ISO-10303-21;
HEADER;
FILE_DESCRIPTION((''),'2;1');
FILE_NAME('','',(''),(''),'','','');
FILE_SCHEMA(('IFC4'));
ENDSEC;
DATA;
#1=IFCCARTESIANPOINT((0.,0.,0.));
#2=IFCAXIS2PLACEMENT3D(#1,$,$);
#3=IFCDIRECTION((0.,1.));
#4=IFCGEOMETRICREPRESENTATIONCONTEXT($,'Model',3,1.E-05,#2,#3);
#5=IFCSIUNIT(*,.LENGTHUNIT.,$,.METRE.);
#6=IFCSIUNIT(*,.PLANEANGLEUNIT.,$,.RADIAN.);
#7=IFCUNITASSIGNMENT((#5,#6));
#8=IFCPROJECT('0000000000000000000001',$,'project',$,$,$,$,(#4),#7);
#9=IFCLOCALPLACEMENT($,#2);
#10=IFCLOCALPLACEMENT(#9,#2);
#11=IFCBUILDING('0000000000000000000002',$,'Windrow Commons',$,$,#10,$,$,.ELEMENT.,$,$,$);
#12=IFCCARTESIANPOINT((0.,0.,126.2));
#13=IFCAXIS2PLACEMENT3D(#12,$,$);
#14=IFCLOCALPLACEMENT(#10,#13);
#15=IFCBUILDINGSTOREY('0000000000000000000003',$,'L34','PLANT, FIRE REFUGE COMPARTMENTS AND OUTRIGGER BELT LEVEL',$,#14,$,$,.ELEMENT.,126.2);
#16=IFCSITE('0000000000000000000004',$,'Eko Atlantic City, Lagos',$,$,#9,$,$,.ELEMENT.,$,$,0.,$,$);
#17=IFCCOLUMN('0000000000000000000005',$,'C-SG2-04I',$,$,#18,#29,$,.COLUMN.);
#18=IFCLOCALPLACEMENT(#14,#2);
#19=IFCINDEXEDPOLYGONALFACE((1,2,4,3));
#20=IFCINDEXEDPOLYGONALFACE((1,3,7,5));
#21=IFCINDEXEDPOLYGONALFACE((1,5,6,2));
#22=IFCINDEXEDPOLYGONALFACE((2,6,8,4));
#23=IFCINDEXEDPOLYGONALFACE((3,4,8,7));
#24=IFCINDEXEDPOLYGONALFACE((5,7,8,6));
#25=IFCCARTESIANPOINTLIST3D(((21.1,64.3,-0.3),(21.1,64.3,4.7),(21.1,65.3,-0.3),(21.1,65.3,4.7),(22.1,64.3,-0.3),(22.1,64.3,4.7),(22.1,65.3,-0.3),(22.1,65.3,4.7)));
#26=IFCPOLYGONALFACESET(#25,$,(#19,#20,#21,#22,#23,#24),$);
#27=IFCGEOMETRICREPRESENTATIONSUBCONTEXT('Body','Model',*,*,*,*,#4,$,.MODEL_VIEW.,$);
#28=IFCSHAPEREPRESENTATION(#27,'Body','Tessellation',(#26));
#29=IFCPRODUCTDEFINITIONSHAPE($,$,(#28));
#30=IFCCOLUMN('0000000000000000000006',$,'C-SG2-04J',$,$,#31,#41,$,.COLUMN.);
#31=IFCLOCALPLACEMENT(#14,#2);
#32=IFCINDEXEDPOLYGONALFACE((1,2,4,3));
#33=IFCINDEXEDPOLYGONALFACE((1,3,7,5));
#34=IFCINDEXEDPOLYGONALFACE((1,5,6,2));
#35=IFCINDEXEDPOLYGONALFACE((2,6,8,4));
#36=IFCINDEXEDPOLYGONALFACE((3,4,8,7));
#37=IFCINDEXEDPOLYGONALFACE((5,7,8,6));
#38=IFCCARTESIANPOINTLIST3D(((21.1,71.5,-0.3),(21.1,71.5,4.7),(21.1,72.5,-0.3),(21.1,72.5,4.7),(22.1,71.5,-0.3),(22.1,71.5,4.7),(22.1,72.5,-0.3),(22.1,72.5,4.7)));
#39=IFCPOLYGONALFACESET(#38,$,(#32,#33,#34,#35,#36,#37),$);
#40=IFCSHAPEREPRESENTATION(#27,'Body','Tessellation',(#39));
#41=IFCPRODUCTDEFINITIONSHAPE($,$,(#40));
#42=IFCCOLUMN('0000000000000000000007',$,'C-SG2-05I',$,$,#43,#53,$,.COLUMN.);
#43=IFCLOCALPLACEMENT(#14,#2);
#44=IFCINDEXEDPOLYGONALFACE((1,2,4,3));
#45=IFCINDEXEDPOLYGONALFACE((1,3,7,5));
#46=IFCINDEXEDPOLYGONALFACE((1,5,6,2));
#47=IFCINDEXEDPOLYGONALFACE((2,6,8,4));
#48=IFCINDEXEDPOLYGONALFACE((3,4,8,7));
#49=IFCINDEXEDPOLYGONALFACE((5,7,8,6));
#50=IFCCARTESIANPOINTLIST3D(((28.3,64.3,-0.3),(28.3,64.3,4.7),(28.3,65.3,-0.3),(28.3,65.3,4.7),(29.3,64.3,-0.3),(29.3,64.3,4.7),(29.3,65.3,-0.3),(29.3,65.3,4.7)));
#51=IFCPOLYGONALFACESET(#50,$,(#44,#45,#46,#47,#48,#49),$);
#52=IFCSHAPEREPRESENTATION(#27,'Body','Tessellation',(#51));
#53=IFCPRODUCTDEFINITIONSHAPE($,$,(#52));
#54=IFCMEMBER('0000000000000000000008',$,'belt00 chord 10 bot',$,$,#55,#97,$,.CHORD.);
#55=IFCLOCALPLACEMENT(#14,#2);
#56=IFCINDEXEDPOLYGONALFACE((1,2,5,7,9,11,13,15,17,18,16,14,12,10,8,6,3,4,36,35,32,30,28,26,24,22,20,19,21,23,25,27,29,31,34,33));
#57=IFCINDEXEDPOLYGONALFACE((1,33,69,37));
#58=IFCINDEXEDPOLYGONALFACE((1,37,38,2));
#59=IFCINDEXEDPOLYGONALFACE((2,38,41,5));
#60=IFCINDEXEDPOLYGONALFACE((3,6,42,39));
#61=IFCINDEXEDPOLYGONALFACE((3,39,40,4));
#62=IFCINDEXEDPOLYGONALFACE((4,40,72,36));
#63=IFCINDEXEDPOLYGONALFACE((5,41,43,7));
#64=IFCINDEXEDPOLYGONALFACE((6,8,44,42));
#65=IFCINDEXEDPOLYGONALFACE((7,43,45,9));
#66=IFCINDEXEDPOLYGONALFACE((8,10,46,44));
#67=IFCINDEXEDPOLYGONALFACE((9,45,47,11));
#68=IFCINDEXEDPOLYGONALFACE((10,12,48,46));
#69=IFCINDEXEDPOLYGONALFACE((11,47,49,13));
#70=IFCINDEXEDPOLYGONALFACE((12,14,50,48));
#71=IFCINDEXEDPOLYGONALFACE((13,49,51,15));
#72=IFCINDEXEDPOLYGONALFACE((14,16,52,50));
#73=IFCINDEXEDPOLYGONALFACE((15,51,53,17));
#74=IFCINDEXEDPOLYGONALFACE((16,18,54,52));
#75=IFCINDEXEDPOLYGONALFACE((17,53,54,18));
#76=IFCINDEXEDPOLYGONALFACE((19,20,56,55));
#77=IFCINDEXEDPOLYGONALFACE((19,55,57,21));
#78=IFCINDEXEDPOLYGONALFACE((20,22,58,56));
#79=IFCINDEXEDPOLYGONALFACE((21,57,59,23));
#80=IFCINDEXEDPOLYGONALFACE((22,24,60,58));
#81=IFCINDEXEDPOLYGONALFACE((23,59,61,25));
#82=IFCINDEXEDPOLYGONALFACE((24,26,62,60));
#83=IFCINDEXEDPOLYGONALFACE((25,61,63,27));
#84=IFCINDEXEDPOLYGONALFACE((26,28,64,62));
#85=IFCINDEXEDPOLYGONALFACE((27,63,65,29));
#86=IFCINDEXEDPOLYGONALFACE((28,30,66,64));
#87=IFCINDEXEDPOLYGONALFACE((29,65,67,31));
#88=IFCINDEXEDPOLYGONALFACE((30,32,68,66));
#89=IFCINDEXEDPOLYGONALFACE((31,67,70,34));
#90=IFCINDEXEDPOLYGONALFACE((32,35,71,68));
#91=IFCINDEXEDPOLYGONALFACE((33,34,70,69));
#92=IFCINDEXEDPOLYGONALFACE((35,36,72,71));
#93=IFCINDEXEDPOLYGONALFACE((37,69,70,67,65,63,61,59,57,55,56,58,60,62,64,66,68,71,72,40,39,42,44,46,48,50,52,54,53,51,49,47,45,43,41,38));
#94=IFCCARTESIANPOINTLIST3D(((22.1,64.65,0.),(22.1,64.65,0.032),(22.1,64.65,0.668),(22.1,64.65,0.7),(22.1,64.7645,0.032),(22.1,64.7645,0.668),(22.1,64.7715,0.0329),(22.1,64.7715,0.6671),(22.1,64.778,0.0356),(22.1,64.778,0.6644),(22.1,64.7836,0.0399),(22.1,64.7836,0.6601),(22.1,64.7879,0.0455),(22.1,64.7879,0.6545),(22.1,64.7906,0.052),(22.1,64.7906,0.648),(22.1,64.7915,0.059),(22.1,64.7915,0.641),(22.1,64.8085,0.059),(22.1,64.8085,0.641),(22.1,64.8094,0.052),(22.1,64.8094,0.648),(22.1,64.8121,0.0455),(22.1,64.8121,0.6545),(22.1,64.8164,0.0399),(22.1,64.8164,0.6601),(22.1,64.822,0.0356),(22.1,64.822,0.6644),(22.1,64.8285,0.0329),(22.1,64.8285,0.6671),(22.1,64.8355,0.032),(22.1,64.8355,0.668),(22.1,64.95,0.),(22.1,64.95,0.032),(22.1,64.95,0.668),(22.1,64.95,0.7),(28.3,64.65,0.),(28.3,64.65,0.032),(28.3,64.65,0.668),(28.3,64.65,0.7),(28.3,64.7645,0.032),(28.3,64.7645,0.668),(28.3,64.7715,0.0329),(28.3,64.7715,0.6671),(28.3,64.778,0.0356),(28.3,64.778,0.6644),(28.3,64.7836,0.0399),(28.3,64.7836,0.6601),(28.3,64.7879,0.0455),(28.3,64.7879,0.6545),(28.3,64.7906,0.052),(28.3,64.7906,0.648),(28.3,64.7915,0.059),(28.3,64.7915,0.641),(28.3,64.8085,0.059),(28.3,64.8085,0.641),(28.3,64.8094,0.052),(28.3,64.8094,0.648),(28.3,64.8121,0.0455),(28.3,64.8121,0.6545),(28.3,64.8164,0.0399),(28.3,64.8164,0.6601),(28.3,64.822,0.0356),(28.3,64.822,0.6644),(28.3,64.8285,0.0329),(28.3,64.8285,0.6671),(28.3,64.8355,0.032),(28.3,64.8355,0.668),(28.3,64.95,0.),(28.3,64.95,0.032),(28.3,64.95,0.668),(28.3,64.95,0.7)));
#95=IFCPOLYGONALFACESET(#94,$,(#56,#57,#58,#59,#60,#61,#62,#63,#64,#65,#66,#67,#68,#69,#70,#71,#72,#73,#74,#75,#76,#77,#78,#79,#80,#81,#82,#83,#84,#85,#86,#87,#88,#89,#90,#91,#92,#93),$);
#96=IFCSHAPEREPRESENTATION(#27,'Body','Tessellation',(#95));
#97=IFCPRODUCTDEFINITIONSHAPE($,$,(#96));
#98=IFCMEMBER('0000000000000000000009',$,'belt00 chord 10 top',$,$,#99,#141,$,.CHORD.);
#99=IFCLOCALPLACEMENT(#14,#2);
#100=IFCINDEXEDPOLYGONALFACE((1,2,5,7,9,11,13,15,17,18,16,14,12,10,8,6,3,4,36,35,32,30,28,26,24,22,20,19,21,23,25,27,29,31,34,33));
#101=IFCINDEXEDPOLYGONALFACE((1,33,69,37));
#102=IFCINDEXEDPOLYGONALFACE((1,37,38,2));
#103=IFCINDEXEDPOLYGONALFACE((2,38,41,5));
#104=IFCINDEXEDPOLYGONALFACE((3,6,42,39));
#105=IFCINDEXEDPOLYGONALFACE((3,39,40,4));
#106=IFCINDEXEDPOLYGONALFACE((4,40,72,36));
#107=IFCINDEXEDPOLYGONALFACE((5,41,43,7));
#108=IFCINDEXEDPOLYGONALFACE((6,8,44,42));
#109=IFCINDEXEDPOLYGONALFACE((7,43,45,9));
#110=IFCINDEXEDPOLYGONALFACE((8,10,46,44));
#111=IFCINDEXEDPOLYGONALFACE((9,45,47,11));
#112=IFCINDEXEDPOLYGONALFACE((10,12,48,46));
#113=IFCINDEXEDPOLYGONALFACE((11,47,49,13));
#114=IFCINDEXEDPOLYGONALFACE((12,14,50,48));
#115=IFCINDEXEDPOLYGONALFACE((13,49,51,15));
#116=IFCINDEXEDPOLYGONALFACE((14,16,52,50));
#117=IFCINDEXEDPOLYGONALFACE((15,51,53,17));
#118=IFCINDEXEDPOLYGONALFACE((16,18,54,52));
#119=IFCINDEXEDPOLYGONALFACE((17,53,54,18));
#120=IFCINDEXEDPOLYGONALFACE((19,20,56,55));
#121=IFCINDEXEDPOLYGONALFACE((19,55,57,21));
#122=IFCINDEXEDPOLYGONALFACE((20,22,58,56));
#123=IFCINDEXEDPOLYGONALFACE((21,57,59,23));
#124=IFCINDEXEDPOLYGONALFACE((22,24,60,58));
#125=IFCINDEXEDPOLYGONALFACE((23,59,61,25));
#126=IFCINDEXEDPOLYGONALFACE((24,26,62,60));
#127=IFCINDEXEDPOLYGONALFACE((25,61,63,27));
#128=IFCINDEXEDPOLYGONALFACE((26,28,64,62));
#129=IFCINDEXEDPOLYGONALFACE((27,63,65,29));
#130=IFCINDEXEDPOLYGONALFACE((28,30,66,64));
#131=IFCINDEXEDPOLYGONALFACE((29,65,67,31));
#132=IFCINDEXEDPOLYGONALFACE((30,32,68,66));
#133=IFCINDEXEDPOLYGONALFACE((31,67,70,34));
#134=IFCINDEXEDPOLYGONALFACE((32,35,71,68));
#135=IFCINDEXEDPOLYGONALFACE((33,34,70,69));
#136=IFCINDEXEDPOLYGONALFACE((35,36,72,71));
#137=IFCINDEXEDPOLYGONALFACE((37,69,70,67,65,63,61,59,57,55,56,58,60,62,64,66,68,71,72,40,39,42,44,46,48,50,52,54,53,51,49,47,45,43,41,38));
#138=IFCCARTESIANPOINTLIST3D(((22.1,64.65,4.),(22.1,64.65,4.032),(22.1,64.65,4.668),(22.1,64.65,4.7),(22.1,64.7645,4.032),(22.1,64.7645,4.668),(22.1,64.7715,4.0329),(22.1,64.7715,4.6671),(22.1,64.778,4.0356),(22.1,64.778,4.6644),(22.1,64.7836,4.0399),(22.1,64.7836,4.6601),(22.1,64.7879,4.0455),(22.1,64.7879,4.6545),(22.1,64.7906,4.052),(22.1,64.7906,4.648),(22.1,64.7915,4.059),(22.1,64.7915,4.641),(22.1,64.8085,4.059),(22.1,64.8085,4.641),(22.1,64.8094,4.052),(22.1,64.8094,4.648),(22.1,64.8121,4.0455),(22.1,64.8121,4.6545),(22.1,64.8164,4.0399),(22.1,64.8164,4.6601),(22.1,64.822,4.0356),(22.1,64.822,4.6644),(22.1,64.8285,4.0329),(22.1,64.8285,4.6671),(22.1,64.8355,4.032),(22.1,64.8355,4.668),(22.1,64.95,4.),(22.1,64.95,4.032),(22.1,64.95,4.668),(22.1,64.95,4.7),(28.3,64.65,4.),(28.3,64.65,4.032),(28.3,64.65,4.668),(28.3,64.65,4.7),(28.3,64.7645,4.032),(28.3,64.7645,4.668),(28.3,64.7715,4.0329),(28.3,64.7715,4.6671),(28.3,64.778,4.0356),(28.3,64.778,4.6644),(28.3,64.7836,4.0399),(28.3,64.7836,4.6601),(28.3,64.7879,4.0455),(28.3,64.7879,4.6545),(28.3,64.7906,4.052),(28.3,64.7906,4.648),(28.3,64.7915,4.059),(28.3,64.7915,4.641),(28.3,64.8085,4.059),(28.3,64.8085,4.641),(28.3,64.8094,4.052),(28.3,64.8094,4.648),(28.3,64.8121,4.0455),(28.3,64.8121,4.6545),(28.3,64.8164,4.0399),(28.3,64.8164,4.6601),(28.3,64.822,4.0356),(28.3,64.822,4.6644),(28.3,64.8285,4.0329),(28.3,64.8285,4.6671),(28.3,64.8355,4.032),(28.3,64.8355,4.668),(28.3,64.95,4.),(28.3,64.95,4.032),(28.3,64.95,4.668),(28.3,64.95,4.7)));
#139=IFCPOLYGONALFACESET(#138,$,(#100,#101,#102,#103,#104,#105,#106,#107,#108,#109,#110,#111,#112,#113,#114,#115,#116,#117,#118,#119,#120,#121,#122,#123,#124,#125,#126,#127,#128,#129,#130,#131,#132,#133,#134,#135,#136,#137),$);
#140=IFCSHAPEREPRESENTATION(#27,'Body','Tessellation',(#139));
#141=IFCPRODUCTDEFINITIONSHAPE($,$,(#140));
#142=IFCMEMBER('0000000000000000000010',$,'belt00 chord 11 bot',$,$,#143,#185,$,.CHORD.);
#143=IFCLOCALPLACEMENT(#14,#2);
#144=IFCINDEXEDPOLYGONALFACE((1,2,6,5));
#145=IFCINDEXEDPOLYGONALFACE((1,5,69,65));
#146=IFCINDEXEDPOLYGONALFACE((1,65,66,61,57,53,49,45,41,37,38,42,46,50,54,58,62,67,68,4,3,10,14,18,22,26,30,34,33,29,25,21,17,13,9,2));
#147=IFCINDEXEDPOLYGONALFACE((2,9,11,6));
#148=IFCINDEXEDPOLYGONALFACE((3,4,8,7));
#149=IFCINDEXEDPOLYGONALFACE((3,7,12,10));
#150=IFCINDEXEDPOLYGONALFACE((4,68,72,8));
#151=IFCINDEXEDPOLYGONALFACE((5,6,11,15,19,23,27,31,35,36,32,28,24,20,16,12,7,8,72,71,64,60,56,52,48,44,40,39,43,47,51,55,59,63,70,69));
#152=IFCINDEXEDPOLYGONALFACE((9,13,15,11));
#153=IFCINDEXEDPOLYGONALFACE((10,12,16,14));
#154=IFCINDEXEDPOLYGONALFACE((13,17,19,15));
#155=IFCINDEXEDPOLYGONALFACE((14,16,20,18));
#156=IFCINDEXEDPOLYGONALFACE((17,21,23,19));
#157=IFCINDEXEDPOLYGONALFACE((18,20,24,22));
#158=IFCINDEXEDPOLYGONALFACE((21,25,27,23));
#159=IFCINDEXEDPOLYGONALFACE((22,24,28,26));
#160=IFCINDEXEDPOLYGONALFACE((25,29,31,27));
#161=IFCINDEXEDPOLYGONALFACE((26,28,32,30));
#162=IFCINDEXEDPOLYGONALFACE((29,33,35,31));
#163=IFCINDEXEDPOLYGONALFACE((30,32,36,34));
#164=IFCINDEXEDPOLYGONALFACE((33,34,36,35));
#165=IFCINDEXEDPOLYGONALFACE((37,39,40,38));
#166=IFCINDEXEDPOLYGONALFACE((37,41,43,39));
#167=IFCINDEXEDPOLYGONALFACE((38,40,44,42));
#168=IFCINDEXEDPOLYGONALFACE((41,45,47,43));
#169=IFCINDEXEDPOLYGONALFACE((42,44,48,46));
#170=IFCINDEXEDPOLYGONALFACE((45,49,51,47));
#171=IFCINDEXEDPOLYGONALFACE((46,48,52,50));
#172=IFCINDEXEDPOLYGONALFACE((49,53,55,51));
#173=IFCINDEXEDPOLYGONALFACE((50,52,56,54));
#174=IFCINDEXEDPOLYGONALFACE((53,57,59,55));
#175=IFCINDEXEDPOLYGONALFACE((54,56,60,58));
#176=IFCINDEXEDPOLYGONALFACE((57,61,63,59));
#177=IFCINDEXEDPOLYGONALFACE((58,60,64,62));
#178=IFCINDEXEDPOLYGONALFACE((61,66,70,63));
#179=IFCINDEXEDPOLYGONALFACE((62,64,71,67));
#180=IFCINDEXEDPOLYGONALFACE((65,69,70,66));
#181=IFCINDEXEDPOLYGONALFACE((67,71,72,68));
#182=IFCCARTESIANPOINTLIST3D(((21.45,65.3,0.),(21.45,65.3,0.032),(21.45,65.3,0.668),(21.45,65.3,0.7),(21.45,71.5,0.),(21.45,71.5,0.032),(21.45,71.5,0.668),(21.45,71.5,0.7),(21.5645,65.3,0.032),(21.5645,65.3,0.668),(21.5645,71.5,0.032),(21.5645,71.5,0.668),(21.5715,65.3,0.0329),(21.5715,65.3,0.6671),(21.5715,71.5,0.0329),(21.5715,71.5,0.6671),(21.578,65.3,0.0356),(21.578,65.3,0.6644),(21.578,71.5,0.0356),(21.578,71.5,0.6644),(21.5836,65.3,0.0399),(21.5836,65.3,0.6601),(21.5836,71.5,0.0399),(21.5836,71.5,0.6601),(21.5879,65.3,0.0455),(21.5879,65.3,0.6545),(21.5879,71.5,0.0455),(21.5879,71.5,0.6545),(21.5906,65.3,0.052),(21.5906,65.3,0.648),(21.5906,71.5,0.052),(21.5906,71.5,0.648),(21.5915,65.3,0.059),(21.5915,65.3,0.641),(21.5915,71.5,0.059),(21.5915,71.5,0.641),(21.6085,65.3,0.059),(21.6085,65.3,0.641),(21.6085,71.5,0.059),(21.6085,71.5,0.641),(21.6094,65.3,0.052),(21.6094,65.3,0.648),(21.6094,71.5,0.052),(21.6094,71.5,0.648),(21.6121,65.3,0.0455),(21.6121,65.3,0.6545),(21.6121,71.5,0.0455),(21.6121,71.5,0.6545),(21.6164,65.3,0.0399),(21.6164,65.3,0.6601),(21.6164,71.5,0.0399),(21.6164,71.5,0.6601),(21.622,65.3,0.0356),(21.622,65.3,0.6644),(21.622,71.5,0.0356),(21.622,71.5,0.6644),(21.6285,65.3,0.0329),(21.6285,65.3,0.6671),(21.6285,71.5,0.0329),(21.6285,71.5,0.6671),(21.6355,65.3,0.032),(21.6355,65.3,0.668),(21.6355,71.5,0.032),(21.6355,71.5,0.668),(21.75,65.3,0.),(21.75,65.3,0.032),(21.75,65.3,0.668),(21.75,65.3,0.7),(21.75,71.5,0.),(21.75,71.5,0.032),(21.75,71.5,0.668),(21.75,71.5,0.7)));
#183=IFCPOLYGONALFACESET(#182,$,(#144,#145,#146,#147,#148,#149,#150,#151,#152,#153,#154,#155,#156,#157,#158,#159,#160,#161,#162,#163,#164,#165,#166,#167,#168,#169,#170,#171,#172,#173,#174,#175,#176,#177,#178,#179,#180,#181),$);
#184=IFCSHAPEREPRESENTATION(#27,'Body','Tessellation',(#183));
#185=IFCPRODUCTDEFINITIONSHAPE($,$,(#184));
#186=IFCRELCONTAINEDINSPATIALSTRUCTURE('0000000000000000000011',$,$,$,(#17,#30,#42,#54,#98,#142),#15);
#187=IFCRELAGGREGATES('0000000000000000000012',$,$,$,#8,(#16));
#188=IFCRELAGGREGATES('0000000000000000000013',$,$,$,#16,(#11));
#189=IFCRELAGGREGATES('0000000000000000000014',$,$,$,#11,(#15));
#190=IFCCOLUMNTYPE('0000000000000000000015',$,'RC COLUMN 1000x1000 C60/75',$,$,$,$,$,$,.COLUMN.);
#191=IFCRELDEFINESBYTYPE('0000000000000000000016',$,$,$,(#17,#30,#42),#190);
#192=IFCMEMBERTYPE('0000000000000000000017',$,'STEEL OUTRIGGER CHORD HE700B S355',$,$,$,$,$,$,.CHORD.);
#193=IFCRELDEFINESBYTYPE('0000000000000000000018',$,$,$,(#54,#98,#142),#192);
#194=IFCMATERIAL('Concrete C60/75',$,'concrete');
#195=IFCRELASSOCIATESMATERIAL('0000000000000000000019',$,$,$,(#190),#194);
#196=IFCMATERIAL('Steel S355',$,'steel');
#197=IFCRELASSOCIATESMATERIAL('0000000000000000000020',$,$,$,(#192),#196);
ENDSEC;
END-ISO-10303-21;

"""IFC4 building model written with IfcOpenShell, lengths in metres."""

from ifc_helpers import new_model, si_unit, direction, frame, origin, origin_2d, place, context, subcontext, project, spatial, rectangle, i_section, extrude, material, material_profile, profile_set, type_object, element, save


model = new_model("IFC4")

# Units and contexts
model_context = context("Model", 3, precision=1e-05, world=origin(), true_north=direction((0.0, 1.0)))
body_context = subcontext(model_context, "Body", "Model", "MODEL_VIEW")
ifc_project = project(units=[si_unit("LENGTHUNIT", "METRE"), si_unit("PLANEANGLEUNIT", "RADIAN")], contexts=[model_context])

# Site, building, storey
site_placement = place(None, origin())
site = spatial("IfcSite", under=ifc_project, at=site_placement, Name="Eko Atlantic City, Lagos", CompositionType="ELEMENT", RefElevation=0.0)
building_placement = place(site_placement, origin())
building = spatial("IfcBuilding", under=site, at=building_placement, Name="Windrow Commons", CompositionType="ELEMENT")
storey_placement = place(building_placement, frame((0.0, 0.0, 126.2)))
storey = spatial("IfcBuildingStorey", under=building, at=storey_placement, Name="L34", Description="PLANT, FIRE REFUGE COMPARTMENTS AND OUTRIGGER BELT LEVEL", CompositionType="ELEMENT", Elevation=126.2)

# Columns
ifc_material_1 = material(Name="Concrete C60/75", Category="concrete")
ifc_material_profile_1 = material_profile(ifc_material_1, rectangle(XDim=1.0, YDim=1.0, at=origin_2d()))
ifc_profile_set_1 = profile_set([ifc_material_profile_1], Name="Concrete C60/75")
column_type = type_object("IfcColumnType", Name="RC COLUMN 1000x1000 C60/75", PredefinedType="COLUMN", material=ifc_profile_set_1)
for number, where, z_axis, x_axis, name in (
    (1, (21.6, 64.8, -0.3), (0.0, 0.0, 1.0), (1.0, 0.0, 0.0), "C-SG2-04I"),
    (2, (21.6, 72.0, -0.3), (0.0, 0.0, 1.0), (1.0, 0.0, 0.0), "C-SG2-04J"),
    (3, (28.8, 64.8, -0.3), (0.0, 0.0, 1.0), (1.0, 0.0, 0.0), "C-SG2-05I"),
):
    element("IfcColumn", number, at=place(storey_placement, frame(where, z_axis=z_axis, x_axis=x_axis)), inside=storey, type_object=column_type, Name=name, PredefinedType="COLUMN", context=body_context, shape_type="SweptSolid", body=[
        extrude(rectangle(XDim=1.0, YDim=1.0, at=origin_2d()), origin(), (0.0, 0.0, 1.0), 5.0),
    ])

# Members
ifc_material_2 = material(Name="Steel S355", Category="steel")
ifc_material_profile_2 = material_profile(ifc_material_2, i_section(OverallWidth=0.3, OverallDepth=0.7, WebThickness=0.017, FlangeThickness=0.032, FilletRadius=0.027, at=origin_2d()))
ifc_profile_set_2 = profile_set([ifc_material_profile_2], Name="Steel S355")
member_type_1 = type_object("IfcMemberType", Name="STEEL OUTRIGGER CHORD HE700B S355", PredefinedType="CHORD", material=ifc_profile_set_2)
for number, where, z_axis, x_axis, name in (
    (4, (28.3, 64.8, 0.35), (-1.0, 0.0, 0.0), (0.0, -1.0, 0.0), "belt00 chord 10 bot"),
    (5, (28.3, 64.8, 4.35), (-1.0, 0.0, 0.0), (0.0, -1.0, 0.0), "belt00 chord 10 top"),
    (6, (21.6, 65.3, 0.35), (0.0, 1.0, 0.0), (-1.0, 0.0, 0.0), "belt00 chord 11 bot"),
):
    element("IfcMember", number, at=place(storey_placement, frame(where, z_axis=z_axis, x_axis=x_axis)), inside=storey, type_object=member_type_1, Name=name, PredefinedType="CHORD", context=body_context, shape_type="SweptSolid", body=[
        extrude(i_section(OverallWidth=0.3, OverallDepth=0.7, WebThickness=0.017, FlangeThickness=0.032, FilletRadius=0.027, at=origin_2d()), origin(), (0.0, 0.0, 1.0), 6.2),
    ])

save(model, "model.ifc")
